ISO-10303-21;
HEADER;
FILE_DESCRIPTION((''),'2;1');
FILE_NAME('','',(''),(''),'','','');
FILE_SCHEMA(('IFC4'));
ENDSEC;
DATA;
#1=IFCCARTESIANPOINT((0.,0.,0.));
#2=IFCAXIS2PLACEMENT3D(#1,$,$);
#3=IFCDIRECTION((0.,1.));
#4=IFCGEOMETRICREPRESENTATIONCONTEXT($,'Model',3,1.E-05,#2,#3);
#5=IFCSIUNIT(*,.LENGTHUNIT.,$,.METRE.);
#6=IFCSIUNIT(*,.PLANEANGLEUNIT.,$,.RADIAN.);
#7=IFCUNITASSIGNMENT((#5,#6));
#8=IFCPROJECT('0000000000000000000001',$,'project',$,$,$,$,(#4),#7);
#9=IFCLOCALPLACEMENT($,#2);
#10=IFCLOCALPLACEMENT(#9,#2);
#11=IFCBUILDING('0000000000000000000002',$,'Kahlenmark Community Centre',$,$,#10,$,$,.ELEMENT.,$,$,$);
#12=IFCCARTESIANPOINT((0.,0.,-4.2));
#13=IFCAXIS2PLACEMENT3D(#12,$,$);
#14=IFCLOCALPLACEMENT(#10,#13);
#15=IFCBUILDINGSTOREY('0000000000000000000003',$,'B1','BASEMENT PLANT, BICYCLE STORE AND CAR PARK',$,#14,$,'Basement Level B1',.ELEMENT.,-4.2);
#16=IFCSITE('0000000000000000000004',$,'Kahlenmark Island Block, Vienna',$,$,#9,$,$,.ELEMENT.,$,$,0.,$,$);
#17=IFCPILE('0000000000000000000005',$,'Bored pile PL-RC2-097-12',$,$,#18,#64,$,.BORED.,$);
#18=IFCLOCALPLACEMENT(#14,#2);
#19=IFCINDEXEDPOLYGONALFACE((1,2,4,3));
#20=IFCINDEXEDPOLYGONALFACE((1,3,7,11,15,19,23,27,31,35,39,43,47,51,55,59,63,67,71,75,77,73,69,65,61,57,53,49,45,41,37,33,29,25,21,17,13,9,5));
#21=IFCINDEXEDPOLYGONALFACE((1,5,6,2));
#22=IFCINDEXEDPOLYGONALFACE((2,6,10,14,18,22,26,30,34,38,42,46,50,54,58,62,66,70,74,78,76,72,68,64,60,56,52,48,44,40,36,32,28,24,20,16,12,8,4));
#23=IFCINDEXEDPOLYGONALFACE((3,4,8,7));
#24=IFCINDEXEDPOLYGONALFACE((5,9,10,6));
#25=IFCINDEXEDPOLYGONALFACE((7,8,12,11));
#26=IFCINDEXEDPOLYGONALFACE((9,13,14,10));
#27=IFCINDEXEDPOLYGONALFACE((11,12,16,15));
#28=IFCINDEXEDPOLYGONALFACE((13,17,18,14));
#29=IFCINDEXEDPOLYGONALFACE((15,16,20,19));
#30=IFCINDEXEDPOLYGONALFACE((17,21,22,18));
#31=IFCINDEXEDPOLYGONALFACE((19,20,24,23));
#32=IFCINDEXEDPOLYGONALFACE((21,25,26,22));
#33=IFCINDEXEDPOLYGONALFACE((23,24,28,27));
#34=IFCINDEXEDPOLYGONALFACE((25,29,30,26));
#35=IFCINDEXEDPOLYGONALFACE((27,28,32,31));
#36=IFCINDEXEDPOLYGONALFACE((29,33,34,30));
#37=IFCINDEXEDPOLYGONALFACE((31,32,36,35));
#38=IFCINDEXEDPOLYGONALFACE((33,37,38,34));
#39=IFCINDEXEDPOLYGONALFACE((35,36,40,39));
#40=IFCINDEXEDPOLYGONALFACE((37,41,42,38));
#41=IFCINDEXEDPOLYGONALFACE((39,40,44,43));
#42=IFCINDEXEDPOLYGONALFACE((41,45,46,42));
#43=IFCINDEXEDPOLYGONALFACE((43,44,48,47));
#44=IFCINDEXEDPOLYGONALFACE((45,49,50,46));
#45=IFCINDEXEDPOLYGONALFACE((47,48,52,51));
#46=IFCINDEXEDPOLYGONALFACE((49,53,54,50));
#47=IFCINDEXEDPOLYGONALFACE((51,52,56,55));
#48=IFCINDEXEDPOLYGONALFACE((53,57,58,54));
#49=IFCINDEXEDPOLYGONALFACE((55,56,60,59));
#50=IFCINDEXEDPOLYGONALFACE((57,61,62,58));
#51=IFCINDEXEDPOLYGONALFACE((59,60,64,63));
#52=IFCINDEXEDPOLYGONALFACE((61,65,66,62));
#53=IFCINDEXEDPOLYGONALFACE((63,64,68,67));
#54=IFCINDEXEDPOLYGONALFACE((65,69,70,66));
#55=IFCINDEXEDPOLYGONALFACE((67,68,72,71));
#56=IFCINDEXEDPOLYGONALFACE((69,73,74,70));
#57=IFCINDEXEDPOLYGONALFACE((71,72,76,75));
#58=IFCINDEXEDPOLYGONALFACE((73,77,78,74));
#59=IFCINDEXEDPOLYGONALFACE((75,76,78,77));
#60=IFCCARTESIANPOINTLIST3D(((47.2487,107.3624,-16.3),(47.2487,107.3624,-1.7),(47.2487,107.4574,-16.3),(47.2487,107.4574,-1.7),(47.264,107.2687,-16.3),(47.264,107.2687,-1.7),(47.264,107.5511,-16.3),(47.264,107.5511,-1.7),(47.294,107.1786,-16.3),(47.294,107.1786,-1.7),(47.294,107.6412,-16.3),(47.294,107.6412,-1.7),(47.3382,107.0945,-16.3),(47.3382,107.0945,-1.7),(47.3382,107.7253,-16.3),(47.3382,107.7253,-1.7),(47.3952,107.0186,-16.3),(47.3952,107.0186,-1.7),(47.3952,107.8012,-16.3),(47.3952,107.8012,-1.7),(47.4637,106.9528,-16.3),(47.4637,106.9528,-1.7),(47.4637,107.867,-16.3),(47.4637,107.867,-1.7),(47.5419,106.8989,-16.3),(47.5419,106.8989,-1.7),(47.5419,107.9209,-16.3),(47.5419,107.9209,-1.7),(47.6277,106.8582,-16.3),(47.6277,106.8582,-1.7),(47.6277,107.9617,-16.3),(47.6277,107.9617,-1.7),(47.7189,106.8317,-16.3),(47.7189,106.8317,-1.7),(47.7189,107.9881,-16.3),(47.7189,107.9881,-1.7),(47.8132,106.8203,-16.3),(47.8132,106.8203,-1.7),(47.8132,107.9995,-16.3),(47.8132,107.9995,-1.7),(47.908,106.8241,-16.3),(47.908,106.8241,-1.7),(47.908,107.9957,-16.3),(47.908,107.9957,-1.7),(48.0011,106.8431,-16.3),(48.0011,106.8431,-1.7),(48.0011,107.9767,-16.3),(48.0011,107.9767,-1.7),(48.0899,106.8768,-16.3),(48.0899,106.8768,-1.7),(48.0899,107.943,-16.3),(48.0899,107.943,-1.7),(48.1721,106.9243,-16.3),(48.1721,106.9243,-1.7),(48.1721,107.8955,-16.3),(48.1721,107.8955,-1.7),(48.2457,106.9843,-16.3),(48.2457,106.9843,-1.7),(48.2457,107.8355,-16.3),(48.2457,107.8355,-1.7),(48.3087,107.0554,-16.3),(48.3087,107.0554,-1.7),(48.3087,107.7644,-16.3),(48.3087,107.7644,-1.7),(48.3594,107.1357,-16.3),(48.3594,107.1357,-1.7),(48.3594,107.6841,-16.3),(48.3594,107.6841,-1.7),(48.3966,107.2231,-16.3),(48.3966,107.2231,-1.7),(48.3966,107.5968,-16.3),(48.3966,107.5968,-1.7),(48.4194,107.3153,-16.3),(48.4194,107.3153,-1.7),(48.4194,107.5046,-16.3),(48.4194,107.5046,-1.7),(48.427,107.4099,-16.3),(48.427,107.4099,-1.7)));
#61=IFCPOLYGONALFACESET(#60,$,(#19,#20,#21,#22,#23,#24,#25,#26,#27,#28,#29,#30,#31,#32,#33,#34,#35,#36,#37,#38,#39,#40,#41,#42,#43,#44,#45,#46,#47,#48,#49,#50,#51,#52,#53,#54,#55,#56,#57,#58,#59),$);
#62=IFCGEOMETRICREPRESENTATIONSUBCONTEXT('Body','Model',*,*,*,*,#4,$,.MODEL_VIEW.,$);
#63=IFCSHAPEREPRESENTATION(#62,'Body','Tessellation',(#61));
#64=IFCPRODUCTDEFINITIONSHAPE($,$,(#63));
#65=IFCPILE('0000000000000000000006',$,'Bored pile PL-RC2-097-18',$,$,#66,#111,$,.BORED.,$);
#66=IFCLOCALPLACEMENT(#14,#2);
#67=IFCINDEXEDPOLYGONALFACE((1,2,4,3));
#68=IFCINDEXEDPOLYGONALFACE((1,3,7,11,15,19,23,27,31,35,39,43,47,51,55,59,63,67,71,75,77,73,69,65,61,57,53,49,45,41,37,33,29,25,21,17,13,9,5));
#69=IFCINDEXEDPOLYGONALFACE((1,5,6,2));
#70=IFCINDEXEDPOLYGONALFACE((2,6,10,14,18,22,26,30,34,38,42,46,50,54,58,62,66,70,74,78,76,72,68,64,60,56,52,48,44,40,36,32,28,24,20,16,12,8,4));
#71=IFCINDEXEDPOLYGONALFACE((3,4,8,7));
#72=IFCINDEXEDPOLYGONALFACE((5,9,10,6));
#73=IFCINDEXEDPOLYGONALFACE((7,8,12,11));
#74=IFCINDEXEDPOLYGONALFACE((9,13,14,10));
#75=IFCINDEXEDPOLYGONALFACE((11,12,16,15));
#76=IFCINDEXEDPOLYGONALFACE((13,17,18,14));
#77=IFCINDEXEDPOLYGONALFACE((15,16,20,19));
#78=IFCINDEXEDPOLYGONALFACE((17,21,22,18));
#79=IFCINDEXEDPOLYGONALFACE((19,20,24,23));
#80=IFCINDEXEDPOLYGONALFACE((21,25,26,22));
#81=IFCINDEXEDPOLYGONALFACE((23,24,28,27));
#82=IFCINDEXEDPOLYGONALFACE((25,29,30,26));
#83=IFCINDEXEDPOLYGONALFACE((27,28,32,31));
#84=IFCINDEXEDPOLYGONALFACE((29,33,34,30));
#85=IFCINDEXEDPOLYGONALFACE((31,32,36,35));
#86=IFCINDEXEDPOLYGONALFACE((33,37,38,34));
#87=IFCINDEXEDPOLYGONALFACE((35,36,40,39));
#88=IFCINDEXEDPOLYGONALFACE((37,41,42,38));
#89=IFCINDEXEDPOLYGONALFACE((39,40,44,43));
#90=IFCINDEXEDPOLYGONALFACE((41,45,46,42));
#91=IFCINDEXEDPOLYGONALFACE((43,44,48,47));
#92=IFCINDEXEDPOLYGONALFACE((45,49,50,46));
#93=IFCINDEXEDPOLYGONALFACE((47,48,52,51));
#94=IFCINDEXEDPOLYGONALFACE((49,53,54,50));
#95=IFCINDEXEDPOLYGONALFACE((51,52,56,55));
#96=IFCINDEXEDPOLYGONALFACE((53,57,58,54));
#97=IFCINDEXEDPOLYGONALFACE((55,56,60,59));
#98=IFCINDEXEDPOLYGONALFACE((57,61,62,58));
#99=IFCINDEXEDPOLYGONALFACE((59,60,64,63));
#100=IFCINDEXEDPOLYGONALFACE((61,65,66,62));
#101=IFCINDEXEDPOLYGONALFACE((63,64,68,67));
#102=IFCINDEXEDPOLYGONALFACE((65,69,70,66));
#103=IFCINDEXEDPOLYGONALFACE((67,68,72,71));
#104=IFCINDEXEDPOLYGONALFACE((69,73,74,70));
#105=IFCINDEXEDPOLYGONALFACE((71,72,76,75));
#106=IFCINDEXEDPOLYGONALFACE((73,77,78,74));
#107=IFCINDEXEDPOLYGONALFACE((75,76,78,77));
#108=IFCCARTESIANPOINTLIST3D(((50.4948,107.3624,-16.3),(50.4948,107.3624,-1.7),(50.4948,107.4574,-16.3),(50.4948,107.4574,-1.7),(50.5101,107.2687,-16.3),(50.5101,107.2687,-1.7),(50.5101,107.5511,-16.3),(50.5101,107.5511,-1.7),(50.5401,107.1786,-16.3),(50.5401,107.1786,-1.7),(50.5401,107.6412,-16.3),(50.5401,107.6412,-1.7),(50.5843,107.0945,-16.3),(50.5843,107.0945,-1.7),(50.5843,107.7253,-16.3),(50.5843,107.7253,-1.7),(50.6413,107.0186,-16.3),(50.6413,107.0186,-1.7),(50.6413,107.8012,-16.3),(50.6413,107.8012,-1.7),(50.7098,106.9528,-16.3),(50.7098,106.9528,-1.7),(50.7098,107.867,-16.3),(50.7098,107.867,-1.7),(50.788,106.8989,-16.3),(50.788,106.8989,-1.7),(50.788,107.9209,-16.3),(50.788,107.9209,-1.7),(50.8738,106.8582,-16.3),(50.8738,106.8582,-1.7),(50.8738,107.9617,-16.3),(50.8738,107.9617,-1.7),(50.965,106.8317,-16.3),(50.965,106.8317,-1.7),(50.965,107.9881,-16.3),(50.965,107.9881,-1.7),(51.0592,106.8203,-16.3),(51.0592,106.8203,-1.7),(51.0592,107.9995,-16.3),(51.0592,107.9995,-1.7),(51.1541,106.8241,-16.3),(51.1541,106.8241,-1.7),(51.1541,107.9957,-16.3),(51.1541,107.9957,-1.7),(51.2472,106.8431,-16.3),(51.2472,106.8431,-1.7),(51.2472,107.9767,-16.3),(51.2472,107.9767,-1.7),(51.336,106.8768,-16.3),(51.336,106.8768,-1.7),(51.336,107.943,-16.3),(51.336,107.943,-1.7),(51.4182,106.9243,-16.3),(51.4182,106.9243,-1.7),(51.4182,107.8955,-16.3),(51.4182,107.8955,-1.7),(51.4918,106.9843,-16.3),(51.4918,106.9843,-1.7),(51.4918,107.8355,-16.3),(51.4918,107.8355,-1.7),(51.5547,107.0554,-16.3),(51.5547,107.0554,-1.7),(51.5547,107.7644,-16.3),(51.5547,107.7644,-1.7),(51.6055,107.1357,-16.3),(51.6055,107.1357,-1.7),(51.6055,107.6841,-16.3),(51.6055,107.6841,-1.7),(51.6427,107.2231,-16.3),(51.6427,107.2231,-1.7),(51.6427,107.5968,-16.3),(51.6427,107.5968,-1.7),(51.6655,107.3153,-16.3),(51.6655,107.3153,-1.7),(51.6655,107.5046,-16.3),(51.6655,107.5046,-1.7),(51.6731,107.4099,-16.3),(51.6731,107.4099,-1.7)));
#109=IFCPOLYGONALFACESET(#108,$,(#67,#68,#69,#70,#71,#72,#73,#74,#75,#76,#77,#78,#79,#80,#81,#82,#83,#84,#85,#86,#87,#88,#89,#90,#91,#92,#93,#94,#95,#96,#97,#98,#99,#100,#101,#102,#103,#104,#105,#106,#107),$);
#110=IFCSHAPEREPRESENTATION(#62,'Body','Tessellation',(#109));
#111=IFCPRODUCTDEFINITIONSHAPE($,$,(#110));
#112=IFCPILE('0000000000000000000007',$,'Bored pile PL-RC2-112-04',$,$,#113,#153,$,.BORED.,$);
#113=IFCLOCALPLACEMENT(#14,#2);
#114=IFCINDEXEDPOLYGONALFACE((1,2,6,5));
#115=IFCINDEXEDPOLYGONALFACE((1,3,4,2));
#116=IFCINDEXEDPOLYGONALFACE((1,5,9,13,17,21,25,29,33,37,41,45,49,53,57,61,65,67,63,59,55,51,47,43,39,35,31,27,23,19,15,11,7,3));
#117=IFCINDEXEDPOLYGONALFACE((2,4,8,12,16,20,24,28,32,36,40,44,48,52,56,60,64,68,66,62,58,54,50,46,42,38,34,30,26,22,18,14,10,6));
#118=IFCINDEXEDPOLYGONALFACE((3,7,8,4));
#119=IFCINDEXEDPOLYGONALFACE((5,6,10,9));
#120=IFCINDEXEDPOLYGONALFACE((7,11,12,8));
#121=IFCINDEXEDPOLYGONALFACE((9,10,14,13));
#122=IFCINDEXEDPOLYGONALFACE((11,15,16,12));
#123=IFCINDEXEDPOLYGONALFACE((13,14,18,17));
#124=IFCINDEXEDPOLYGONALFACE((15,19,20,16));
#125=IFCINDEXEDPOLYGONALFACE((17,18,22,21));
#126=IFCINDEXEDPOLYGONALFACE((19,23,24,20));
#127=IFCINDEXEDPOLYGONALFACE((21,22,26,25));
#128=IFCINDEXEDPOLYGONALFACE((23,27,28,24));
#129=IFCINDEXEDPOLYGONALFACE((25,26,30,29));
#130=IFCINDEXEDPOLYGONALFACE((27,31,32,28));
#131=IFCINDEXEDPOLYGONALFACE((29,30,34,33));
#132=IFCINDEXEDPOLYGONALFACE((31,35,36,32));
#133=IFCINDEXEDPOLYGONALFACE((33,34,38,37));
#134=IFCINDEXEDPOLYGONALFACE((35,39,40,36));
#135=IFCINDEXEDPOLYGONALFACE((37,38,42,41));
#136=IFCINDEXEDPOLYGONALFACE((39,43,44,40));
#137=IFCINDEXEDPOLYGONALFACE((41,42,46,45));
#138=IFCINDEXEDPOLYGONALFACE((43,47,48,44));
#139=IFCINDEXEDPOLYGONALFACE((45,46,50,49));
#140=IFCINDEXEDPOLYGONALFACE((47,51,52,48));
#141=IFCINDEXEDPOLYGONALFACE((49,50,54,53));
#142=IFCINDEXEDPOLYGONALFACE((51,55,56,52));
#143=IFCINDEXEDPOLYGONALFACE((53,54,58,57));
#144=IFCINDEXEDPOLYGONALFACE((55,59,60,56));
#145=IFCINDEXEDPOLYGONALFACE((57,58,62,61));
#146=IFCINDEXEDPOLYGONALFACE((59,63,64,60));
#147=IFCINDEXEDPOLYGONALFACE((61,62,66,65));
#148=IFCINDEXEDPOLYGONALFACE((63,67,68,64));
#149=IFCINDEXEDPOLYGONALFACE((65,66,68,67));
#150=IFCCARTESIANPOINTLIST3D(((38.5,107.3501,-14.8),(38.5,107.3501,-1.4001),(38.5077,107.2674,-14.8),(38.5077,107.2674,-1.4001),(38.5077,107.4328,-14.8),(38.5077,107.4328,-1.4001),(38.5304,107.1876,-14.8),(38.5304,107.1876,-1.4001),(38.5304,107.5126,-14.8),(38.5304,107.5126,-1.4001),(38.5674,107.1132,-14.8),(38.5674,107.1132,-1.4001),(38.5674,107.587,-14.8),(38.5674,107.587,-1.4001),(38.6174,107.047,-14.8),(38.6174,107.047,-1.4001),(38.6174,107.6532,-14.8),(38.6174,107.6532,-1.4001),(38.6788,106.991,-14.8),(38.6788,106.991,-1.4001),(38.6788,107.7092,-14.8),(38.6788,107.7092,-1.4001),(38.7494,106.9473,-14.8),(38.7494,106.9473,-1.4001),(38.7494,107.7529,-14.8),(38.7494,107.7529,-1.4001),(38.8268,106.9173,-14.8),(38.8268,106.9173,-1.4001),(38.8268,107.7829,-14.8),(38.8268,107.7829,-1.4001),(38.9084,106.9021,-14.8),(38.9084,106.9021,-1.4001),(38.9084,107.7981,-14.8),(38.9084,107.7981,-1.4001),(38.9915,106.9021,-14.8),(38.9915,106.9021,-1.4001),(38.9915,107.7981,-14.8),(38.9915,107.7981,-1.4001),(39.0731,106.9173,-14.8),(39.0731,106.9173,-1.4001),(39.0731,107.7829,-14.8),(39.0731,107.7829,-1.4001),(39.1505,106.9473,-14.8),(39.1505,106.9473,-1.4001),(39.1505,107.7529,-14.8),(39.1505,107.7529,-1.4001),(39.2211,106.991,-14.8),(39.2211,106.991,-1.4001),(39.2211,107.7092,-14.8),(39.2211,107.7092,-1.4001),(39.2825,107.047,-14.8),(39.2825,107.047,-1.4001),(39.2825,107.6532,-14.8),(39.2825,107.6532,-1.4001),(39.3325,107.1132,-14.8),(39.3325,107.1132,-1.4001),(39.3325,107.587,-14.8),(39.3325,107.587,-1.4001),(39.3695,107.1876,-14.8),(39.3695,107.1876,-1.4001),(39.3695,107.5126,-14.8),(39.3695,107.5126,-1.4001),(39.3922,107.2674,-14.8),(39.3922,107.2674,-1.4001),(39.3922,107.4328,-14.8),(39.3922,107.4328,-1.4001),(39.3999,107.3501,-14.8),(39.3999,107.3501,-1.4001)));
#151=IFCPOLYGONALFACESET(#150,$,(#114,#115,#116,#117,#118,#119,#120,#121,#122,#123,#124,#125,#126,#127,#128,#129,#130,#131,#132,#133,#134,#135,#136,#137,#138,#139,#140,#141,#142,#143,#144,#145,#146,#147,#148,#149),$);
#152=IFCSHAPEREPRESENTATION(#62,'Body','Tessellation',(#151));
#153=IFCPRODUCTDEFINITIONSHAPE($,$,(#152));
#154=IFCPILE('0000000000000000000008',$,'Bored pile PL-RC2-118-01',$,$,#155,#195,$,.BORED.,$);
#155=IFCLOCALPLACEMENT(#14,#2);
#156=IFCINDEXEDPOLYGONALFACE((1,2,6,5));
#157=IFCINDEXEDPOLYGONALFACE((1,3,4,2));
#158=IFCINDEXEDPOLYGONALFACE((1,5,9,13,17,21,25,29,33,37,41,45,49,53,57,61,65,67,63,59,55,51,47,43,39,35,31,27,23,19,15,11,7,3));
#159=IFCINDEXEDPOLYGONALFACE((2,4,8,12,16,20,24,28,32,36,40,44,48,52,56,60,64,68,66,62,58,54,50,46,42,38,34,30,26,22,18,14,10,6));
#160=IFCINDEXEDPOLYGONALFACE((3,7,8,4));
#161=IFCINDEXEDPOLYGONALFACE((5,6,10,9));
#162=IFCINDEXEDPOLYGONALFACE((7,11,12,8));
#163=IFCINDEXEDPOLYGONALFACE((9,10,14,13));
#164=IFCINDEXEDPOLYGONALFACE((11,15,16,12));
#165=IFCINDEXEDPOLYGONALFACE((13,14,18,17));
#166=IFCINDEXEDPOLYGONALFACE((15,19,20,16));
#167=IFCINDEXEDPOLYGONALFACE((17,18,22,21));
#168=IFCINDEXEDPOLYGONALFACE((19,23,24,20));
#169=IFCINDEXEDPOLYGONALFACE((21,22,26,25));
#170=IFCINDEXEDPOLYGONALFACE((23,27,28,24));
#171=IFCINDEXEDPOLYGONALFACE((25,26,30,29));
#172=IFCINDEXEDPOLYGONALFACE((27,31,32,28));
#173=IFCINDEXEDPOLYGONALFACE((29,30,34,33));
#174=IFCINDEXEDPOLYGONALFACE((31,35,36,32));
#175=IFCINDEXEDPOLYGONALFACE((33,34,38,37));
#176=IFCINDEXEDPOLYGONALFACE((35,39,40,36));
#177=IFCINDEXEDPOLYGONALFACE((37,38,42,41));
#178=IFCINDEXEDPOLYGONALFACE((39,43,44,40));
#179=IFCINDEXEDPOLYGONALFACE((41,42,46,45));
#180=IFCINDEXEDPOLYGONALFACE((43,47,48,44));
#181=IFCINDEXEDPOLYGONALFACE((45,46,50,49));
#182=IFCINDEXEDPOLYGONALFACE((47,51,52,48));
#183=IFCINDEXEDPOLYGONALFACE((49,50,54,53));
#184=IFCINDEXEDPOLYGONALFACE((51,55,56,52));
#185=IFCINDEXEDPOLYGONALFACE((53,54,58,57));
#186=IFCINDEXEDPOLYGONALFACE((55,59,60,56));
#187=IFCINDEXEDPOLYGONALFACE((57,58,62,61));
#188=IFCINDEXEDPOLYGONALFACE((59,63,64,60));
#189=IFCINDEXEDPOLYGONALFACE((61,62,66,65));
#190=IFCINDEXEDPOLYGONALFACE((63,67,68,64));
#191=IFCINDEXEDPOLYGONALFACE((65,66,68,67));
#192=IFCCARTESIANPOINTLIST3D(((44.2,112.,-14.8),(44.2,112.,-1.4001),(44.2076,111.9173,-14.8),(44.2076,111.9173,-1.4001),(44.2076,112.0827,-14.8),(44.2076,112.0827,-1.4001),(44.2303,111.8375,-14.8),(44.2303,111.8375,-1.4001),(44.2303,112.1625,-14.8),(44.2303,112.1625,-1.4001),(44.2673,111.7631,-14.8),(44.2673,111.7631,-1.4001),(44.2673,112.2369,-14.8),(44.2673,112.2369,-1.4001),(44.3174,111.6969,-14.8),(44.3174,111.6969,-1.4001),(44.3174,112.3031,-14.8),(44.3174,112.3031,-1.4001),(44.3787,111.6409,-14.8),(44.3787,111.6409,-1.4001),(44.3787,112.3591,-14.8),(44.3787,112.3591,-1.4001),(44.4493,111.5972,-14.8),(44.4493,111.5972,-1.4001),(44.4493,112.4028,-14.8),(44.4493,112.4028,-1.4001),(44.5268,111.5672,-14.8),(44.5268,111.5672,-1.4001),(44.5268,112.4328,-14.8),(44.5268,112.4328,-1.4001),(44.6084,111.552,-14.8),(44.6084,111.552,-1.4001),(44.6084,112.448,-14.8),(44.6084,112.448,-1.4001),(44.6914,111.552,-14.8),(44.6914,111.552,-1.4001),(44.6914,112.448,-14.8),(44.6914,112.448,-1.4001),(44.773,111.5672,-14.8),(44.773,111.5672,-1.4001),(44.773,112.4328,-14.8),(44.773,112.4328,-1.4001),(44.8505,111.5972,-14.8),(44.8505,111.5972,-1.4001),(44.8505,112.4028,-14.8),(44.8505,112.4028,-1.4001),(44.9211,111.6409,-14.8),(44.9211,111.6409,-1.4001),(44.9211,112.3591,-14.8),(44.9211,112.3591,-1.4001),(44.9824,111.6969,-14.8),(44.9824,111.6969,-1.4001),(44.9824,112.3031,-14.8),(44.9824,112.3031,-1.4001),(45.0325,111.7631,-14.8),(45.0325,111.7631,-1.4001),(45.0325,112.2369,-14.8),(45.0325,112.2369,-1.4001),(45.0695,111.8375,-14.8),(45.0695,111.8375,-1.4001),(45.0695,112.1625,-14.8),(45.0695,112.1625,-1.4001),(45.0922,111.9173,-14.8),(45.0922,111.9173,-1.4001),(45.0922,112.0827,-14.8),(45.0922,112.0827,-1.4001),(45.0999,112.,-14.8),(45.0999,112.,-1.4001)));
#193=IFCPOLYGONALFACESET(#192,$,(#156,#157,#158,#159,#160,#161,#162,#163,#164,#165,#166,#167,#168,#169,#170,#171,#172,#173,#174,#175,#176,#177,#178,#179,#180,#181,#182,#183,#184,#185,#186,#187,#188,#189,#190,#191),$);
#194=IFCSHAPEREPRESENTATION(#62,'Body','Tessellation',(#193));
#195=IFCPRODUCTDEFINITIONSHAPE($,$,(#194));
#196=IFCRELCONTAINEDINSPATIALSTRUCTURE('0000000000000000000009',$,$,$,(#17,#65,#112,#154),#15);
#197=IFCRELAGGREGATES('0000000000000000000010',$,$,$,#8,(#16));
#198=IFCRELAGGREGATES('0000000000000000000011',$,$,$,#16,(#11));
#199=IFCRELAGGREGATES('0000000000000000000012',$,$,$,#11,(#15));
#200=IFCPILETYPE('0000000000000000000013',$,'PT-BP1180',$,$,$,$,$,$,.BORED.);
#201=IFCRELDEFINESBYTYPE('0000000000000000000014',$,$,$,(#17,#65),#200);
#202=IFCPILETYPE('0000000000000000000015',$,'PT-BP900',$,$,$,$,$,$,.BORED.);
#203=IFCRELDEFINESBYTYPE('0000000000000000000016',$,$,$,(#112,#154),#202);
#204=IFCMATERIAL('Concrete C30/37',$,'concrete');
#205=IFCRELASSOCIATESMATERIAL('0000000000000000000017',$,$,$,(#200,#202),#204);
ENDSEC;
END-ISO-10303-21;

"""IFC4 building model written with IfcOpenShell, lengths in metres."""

from ifc_helpers import new_model, si_unit, direction, frame, origin, origin_2d, place, context, subcontext, project, spatial, circle, extrude, material, material_profile, profile_set, type_object, element, save


model = new_model("IFC4")

# Units and contexts
model_context = context("Model", 3, precision=1e-05, world=origin(), true_north=direction((0.0, 1.0)))
body_context = subcontext(model_context, "Body", "Model", "MODEL_VIEW")
ifc_project = project(units=[si_unit("LENGTHUNIT", "METRE"), si_unit("PLANEANGLEUNIT", "RADIAN")], contexts=[model_context])

# Site, building, storey
site_placement = place(None, origin())
site = spatial("IfcSite", under=ifc_project, at=site_placement, Name="Kahlenmark Island Block, Vienna", CompositionType="ELEMENT", RefElevation=0.0)
building_placement = place(site_placement, origin())
building = spatial("IfcBuilding", under=site, at=building_placement, Name="Kahlenmark Community Centre", CompositionType="ELEMENT")
storey_placement = place(building_placement, frame((0.0, 0.0, -4.2)))
storey = spatial("IfcBuildingStorey", under=building, at=storey_placement, Name="B1", Description="BASEMENT PLANT, BICYCLE STORE AND CAR PARK", LongName="Basement Level B1", CompositionType="ELEMENT", Elevation=-4.2)

# Shared definitions
ifc_material_1 = material(Name="Concrete C30/37", Category="concrete")

# Piles
ifc_material_profile_1 = material_profile(ifc_material_1, circle(Radius=0.5901, at=origin_2d()), Name="BORED PILE 1180")
ifc_profile_set_1 = profile_set([ifc_material_profile_1], Name="Concrete C30/37")
pile_type_1 = type_object("IfcPileType", Name="PT-BP1180", PredefinedType="BORED", material=ifc_profile_set_1)
for number, where, z_axis, x_axis, name in (
    (1, (47.8369, 107.4099, -1.7), (0.0, 0.0, -1.0), (1.0, 0.0, 0.0), "Bored pile PL-RC2-097-12"),
    (2, (51.083, 107.4099, -1.7), (0.0, 0.0, -1.0), (1.0, 0.0, 0.0), "Bored pile PL-RC2-097-18"),
):
    element("IfcPile", number, at=place(storey_placement, frame(where, z_axis=z_axis, x_axis=x_axis)), inside=storey, type_object=pile_type_1, Name=name, PredefinedType="BORED", context=body_context, shape_type="SweptSolid", body=[
        extrude(circle(Radius=0.5901, at=origin_2d()), origin(), (0.0, 0.0, 1.0), 14.6001),
    ])
ifc_material_profile_2 = material_profile(ifc_material_1, circle(Radius=0.45, at=origin_2d()), Name="BORED PILE 900")
ifc_profile_set_2 = profile_set([ifc_material_profile_2], Name="Concrete C30/37")
pile_type_2 = type_object("IfcPileType", Name="PT-BP900", PredefinedType="BORED", material=ifc_profile_set_2)
for number, where, z_axis, x_axis, name in (
    (3, (38.95, 107.3501, -1.4001), (0.0, 0.0, -1.0), (1.0, 0.0, 0.0), "Bored pile PL-RC2-112-04"),
    (4, (44.6499, 112.0, -1.4001), (0.0, 0.0, -1.0), (1.0, 0.0, 0.0), "Bored pile PL-RC2-118-01"),
):
    element("IfcPile", number, at=place(storey_placement, frame(where, z_axis=z_axis, x_axis=x_axis)), inside=storey, type_object=pile_type_2, Name=name, PredefinedType="BORED", context=body_context, shape_type="SweptSolid", body=[
        extrude(circle(Radius=0.45, at=origin_2d()), origin(), (0.0, 0.0, 1.0), 13.3999),
    ])

save(model, "model.ifc")
